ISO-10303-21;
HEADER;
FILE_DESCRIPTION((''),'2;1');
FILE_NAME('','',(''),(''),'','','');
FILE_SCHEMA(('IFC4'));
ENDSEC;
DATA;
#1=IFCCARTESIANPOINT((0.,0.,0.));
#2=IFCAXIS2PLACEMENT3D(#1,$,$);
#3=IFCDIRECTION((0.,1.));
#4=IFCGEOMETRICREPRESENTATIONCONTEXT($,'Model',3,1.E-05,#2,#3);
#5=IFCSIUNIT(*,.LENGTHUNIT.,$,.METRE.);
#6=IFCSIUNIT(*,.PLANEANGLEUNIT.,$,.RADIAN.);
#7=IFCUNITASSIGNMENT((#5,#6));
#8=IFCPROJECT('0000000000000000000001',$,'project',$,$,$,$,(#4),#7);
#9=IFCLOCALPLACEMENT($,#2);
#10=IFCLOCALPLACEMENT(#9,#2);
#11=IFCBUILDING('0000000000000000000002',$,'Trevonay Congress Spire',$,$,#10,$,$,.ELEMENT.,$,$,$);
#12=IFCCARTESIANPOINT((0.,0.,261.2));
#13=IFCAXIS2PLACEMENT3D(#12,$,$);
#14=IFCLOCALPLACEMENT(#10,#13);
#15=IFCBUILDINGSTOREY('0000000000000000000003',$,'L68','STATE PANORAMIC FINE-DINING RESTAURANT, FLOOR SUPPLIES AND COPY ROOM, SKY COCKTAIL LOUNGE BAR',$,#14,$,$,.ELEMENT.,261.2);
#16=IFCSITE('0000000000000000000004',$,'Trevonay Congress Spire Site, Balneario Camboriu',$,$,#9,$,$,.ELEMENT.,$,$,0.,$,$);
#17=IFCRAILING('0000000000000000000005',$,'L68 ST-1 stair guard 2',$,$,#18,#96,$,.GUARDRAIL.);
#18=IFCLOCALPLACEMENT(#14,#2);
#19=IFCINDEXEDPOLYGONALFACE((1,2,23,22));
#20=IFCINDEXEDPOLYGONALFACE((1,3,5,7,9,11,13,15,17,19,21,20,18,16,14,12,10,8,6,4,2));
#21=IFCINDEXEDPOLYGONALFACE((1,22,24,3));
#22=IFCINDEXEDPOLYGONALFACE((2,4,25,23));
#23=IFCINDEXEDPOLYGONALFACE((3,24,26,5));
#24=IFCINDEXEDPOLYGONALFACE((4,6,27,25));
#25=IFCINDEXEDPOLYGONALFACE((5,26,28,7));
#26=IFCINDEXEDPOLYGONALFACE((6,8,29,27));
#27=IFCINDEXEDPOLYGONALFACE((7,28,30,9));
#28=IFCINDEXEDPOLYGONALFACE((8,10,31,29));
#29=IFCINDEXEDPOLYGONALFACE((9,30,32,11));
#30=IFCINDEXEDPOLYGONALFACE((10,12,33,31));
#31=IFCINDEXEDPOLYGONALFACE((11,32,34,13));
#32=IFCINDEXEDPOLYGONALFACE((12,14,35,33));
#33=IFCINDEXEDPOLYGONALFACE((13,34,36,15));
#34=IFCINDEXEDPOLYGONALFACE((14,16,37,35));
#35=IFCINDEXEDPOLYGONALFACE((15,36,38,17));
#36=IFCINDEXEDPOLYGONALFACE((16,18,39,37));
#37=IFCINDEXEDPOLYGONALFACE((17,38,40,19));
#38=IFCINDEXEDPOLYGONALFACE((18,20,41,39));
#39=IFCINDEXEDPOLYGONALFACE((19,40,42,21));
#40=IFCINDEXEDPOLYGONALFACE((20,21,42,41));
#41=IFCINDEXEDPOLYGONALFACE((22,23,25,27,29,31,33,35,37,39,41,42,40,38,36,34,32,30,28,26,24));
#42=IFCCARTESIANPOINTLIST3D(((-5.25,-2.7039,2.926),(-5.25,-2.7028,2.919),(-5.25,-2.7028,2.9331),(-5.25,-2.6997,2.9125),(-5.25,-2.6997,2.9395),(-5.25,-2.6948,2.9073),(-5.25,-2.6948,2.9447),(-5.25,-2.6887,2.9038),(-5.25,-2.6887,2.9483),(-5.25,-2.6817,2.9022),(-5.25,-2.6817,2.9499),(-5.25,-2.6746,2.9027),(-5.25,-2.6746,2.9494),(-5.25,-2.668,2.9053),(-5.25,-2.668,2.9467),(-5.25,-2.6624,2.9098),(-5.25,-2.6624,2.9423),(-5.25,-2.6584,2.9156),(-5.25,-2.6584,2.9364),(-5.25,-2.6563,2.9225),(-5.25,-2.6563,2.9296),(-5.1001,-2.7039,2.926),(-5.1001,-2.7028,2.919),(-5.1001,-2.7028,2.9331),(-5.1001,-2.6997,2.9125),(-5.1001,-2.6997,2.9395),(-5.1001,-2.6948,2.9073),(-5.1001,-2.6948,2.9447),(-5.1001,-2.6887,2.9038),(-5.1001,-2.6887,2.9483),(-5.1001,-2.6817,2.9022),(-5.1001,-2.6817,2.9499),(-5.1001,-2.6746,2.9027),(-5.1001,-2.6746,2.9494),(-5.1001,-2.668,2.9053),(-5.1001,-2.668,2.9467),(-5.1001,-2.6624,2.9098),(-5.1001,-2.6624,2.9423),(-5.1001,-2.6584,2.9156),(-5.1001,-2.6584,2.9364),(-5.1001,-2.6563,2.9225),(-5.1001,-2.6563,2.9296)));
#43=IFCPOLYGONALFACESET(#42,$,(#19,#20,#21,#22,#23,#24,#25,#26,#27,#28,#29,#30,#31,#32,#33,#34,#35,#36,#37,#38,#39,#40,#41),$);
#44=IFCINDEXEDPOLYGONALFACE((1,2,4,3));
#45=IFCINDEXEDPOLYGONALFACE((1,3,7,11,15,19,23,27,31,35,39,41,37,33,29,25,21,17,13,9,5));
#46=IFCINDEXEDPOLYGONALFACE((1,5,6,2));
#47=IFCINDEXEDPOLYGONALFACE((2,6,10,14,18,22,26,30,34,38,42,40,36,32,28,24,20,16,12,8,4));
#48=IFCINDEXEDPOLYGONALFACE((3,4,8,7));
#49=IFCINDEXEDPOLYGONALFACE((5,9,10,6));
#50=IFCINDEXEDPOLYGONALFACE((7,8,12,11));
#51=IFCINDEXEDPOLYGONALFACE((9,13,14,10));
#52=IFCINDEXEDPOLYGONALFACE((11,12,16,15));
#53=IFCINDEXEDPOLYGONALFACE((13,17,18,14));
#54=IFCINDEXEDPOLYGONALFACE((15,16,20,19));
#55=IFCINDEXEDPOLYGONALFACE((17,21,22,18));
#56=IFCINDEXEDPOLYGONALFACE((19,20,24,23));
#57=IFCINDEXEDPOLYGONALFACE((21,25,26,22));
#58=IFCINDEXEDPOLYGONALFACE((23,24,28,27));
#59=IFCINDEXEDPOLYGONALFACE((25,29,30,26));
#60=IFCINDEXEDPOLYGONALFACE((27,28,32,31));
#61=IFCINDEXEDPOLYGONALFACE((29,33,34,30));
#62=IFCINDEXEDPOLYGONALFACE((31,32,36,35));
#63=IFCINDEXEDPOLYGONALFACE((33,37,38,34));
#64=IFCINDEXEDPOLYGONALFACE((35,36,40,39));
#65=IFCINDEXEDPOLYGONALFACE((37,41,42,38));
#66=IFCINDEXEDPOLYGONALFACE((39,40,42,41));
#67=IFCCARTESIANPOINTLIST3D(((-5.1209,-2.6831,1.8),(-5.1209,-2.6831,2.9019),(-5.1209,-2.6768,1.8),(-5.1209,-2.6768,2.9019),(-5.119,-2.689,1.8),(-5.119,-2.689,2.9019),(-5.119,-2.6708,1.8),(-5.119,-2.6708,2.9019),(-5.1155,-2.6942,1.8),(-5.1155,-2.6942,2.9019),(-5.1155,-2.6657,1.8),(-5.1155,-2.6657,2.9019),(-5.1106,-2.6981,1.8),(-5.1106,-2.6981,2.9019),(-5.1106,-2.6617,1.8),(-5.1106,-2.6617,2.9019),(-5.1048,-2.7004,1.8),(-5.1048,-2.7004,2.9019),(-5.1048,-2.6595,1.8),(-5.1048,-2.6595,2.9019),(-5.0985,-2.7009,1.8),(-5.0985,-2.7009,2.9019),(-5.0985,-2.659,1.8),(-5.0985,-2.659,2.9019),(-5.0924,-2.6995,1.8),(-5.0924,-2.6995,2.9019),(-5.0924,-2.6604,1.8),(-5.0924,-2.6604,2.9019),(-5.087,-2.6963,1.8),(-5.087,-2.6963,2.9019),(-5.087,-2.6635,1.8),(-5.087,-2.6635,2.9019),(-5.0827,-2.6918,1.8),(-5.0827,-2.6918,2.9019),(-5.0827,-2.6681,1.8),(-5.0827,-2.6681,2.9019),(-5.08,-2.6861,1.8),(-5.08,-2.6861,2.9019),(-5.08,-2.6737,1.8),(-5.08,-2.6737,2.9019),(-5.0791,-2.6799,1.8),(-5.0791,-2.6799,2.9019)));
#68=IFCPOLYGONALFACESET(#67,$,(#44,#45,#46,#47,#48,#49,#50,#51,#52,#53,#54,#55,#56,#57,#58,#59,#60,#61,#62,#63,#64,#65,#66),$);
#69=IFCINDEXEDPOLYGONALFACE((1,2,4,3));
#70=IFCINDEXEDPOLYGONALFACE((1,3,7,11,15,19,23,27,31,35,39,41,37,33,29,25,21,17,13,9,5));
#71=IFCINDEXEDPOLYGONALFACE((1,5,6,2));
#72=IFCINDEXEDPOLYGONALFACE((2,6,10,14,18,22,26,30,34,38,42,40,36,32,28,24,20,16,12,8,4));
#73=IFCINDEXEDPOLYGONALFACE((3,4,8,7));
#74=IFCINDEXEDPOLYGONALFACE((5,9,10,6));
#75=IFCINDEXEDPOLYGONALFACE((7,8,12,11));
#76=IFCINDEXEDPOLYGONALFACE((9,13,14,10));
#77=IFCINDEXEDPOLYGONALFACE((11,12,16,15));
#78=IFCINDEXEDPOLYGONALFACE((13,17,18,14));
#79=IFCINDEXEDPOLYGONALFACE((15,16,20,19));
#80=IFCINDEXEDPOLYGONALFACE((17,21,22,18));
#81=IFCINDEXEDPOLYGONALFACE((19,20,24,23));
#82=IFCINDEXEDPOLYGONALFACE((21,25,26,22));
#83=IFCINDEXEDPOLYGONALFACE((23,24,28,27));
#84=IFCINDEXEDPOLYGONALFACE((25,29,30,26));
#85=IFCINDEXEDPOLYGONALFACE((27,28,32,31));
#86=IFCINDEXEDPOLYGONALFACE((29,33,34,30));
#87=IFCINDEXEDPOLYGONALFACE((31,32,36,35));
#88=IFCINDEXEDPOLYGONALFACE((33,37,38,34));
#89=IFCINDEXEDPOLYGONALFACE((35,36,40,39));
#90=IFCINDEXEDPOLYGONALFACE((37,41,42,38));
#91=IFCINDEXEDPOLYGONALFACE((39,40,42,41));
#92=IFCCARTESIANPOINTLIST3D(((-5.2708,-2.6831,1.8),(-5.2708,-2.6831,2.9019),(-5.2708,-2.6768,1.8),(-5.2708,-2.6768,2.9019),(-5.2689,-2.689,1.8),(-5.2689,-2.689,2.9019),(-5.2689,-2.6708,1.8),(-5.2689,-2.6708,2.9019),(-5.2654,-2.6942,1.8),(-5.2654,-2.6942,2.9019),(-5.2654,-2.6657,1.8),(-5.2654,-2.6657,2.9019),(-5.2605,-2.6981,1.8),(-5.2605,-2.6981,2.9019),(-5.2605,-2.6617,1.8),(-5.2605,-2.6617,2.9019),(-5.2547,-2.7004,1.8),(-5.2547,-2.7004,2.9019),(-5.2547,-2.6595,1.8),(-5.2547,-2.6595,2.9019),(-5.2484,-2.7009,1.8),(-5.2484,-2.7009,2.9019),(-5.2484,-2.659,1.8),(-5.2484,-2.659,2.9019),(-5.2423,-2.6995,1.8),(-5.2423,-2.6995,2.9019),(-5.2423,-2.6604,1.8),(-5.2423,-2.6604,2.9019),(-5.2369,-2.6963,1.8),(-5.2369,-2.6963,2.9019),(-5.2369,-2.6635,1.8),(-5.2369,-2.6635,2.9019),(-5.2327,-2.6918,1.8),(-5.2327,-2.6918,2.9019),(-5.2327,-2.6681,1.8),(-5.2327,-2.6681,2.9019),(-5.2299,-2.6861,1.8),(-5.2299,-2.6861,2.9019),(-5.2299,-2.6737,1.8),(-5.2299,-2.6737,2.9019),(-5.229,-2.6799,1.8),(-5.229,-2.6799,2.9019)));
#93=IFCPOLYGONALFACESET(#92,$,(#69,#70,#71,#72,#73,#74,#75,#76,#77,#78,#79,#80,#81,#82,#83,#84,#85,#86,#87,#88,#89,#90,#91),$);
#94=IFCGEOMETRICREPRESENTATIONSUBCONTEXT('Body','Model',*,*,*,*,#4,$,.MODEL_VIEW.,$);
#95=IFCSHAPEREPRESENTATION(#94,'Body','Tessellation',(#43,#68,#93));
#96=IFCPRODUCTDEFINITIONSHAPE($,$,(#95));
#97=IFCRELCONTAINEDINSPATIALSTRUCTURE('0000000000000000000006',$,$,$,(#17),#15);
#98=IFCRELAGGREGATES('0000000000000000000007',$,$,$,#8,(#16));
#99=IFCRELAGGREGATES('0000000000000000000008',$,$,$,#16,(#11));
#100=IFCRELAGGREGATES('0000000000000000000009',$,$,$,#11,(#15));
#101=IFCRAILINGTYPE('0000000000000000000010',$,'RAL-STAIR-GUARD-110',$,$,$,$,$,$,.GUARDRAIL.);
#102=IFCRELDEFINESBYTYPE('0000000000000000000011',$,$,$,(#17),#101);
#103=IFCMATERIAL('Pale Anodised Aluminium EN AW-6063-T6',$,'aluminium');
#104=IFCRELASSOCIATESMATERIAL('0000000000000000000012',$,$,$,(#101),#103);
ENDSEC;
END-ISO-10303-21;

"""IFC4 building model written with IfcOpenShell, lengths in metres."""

from ifc_helpers import new_model, si_unit, direction, frame, origin, origin_2d, place, context, subcontext, project, spatial, circle, extrude, material, type_object, element, save


model = new_model("IFC4")

# Units and contexts
model_context = context("Model", 3, precision=1e-05, world=origin(), true_north=direction((0.0, 1.0)))
body_context = subcontext(model_context, "Body", "Model", "MODEL_VIEW")
ifc_project = project(units=[si_unit("LENGTHUNIT", "METRE"), si_unit("PLANEANGLEUNIT", "RADIAN")], contexts=[model_context])

# Site, building, storey
site_placement = place(None, origin())
site = spatial("IfcSite", under=ifc_project, at=site_placement, Name="Trevonay Congress Spire Site, Balneario Camboriu", CompositionType="ELEMENT", RefElevation=0.0)
building_placement = place(site_placement, origin())
building = spatial("IfcBuilding", under=site, at=building_placement, Name="Trevonay Congress Spire", CompositionType="ELEMENT")
storey_placement = place(building_placement, frame((0.0, 0.0, 261.2)))
storey = spatial("IfcBuildingStorey", under=building, at=storey_placement, Name="L68", Description="STATE PANORAMIC FINE-DINING RESTAURANT, FLOOR SUPPLIES AND COPY ROOM, SKY COCKTAIL LOUNGE BAR", CompositionType="ELEMENT", Elevation=261.2)

# Railing
ifc_material_1 = material(Name="Pale Anodised Aluminium EN AW-6063-T6", Category="aluminium")
railing_type_1 = type_object("IfcRailingType", Name="RAL-STAIR-GUARD-110", PredefinedType="GUARDRAIL", material=ifc_material_1)
railing_1_placement = place(storey_placement, frame((-5.1001, -2.6799, 1.8)))
element("IfcRailing", 1, at=railing_1_placement, inside=storey, type_object=railing_type_1, Name="L68 ST-1 stair guard 2", PredefinedType="GUARDRAIL", context=body_context, shape_type="SweptSolid", body=[
    extrude(circle(Radius=0.0239, at=origin_2d()), frame((0.0, 0.0, 1.126), z_axis=(-1.0, 0.0, 0.0), x_axis=(0.0, -1.0, 0.0)), (0.0, 0.0, 1.0), 0.1499),
    extrude(circle(Radius=0.021, at=origin_2d()), origin(), (0.0, 0.0, 1.0), 1.1018),
    extrude(circle(Radius=0.021, at=origin_2d()), frame((-0.1499, 0.0, 0.0)), (0.0, 0.0, 1.0), 1.1018),
])

save(model, "model.ifc")
